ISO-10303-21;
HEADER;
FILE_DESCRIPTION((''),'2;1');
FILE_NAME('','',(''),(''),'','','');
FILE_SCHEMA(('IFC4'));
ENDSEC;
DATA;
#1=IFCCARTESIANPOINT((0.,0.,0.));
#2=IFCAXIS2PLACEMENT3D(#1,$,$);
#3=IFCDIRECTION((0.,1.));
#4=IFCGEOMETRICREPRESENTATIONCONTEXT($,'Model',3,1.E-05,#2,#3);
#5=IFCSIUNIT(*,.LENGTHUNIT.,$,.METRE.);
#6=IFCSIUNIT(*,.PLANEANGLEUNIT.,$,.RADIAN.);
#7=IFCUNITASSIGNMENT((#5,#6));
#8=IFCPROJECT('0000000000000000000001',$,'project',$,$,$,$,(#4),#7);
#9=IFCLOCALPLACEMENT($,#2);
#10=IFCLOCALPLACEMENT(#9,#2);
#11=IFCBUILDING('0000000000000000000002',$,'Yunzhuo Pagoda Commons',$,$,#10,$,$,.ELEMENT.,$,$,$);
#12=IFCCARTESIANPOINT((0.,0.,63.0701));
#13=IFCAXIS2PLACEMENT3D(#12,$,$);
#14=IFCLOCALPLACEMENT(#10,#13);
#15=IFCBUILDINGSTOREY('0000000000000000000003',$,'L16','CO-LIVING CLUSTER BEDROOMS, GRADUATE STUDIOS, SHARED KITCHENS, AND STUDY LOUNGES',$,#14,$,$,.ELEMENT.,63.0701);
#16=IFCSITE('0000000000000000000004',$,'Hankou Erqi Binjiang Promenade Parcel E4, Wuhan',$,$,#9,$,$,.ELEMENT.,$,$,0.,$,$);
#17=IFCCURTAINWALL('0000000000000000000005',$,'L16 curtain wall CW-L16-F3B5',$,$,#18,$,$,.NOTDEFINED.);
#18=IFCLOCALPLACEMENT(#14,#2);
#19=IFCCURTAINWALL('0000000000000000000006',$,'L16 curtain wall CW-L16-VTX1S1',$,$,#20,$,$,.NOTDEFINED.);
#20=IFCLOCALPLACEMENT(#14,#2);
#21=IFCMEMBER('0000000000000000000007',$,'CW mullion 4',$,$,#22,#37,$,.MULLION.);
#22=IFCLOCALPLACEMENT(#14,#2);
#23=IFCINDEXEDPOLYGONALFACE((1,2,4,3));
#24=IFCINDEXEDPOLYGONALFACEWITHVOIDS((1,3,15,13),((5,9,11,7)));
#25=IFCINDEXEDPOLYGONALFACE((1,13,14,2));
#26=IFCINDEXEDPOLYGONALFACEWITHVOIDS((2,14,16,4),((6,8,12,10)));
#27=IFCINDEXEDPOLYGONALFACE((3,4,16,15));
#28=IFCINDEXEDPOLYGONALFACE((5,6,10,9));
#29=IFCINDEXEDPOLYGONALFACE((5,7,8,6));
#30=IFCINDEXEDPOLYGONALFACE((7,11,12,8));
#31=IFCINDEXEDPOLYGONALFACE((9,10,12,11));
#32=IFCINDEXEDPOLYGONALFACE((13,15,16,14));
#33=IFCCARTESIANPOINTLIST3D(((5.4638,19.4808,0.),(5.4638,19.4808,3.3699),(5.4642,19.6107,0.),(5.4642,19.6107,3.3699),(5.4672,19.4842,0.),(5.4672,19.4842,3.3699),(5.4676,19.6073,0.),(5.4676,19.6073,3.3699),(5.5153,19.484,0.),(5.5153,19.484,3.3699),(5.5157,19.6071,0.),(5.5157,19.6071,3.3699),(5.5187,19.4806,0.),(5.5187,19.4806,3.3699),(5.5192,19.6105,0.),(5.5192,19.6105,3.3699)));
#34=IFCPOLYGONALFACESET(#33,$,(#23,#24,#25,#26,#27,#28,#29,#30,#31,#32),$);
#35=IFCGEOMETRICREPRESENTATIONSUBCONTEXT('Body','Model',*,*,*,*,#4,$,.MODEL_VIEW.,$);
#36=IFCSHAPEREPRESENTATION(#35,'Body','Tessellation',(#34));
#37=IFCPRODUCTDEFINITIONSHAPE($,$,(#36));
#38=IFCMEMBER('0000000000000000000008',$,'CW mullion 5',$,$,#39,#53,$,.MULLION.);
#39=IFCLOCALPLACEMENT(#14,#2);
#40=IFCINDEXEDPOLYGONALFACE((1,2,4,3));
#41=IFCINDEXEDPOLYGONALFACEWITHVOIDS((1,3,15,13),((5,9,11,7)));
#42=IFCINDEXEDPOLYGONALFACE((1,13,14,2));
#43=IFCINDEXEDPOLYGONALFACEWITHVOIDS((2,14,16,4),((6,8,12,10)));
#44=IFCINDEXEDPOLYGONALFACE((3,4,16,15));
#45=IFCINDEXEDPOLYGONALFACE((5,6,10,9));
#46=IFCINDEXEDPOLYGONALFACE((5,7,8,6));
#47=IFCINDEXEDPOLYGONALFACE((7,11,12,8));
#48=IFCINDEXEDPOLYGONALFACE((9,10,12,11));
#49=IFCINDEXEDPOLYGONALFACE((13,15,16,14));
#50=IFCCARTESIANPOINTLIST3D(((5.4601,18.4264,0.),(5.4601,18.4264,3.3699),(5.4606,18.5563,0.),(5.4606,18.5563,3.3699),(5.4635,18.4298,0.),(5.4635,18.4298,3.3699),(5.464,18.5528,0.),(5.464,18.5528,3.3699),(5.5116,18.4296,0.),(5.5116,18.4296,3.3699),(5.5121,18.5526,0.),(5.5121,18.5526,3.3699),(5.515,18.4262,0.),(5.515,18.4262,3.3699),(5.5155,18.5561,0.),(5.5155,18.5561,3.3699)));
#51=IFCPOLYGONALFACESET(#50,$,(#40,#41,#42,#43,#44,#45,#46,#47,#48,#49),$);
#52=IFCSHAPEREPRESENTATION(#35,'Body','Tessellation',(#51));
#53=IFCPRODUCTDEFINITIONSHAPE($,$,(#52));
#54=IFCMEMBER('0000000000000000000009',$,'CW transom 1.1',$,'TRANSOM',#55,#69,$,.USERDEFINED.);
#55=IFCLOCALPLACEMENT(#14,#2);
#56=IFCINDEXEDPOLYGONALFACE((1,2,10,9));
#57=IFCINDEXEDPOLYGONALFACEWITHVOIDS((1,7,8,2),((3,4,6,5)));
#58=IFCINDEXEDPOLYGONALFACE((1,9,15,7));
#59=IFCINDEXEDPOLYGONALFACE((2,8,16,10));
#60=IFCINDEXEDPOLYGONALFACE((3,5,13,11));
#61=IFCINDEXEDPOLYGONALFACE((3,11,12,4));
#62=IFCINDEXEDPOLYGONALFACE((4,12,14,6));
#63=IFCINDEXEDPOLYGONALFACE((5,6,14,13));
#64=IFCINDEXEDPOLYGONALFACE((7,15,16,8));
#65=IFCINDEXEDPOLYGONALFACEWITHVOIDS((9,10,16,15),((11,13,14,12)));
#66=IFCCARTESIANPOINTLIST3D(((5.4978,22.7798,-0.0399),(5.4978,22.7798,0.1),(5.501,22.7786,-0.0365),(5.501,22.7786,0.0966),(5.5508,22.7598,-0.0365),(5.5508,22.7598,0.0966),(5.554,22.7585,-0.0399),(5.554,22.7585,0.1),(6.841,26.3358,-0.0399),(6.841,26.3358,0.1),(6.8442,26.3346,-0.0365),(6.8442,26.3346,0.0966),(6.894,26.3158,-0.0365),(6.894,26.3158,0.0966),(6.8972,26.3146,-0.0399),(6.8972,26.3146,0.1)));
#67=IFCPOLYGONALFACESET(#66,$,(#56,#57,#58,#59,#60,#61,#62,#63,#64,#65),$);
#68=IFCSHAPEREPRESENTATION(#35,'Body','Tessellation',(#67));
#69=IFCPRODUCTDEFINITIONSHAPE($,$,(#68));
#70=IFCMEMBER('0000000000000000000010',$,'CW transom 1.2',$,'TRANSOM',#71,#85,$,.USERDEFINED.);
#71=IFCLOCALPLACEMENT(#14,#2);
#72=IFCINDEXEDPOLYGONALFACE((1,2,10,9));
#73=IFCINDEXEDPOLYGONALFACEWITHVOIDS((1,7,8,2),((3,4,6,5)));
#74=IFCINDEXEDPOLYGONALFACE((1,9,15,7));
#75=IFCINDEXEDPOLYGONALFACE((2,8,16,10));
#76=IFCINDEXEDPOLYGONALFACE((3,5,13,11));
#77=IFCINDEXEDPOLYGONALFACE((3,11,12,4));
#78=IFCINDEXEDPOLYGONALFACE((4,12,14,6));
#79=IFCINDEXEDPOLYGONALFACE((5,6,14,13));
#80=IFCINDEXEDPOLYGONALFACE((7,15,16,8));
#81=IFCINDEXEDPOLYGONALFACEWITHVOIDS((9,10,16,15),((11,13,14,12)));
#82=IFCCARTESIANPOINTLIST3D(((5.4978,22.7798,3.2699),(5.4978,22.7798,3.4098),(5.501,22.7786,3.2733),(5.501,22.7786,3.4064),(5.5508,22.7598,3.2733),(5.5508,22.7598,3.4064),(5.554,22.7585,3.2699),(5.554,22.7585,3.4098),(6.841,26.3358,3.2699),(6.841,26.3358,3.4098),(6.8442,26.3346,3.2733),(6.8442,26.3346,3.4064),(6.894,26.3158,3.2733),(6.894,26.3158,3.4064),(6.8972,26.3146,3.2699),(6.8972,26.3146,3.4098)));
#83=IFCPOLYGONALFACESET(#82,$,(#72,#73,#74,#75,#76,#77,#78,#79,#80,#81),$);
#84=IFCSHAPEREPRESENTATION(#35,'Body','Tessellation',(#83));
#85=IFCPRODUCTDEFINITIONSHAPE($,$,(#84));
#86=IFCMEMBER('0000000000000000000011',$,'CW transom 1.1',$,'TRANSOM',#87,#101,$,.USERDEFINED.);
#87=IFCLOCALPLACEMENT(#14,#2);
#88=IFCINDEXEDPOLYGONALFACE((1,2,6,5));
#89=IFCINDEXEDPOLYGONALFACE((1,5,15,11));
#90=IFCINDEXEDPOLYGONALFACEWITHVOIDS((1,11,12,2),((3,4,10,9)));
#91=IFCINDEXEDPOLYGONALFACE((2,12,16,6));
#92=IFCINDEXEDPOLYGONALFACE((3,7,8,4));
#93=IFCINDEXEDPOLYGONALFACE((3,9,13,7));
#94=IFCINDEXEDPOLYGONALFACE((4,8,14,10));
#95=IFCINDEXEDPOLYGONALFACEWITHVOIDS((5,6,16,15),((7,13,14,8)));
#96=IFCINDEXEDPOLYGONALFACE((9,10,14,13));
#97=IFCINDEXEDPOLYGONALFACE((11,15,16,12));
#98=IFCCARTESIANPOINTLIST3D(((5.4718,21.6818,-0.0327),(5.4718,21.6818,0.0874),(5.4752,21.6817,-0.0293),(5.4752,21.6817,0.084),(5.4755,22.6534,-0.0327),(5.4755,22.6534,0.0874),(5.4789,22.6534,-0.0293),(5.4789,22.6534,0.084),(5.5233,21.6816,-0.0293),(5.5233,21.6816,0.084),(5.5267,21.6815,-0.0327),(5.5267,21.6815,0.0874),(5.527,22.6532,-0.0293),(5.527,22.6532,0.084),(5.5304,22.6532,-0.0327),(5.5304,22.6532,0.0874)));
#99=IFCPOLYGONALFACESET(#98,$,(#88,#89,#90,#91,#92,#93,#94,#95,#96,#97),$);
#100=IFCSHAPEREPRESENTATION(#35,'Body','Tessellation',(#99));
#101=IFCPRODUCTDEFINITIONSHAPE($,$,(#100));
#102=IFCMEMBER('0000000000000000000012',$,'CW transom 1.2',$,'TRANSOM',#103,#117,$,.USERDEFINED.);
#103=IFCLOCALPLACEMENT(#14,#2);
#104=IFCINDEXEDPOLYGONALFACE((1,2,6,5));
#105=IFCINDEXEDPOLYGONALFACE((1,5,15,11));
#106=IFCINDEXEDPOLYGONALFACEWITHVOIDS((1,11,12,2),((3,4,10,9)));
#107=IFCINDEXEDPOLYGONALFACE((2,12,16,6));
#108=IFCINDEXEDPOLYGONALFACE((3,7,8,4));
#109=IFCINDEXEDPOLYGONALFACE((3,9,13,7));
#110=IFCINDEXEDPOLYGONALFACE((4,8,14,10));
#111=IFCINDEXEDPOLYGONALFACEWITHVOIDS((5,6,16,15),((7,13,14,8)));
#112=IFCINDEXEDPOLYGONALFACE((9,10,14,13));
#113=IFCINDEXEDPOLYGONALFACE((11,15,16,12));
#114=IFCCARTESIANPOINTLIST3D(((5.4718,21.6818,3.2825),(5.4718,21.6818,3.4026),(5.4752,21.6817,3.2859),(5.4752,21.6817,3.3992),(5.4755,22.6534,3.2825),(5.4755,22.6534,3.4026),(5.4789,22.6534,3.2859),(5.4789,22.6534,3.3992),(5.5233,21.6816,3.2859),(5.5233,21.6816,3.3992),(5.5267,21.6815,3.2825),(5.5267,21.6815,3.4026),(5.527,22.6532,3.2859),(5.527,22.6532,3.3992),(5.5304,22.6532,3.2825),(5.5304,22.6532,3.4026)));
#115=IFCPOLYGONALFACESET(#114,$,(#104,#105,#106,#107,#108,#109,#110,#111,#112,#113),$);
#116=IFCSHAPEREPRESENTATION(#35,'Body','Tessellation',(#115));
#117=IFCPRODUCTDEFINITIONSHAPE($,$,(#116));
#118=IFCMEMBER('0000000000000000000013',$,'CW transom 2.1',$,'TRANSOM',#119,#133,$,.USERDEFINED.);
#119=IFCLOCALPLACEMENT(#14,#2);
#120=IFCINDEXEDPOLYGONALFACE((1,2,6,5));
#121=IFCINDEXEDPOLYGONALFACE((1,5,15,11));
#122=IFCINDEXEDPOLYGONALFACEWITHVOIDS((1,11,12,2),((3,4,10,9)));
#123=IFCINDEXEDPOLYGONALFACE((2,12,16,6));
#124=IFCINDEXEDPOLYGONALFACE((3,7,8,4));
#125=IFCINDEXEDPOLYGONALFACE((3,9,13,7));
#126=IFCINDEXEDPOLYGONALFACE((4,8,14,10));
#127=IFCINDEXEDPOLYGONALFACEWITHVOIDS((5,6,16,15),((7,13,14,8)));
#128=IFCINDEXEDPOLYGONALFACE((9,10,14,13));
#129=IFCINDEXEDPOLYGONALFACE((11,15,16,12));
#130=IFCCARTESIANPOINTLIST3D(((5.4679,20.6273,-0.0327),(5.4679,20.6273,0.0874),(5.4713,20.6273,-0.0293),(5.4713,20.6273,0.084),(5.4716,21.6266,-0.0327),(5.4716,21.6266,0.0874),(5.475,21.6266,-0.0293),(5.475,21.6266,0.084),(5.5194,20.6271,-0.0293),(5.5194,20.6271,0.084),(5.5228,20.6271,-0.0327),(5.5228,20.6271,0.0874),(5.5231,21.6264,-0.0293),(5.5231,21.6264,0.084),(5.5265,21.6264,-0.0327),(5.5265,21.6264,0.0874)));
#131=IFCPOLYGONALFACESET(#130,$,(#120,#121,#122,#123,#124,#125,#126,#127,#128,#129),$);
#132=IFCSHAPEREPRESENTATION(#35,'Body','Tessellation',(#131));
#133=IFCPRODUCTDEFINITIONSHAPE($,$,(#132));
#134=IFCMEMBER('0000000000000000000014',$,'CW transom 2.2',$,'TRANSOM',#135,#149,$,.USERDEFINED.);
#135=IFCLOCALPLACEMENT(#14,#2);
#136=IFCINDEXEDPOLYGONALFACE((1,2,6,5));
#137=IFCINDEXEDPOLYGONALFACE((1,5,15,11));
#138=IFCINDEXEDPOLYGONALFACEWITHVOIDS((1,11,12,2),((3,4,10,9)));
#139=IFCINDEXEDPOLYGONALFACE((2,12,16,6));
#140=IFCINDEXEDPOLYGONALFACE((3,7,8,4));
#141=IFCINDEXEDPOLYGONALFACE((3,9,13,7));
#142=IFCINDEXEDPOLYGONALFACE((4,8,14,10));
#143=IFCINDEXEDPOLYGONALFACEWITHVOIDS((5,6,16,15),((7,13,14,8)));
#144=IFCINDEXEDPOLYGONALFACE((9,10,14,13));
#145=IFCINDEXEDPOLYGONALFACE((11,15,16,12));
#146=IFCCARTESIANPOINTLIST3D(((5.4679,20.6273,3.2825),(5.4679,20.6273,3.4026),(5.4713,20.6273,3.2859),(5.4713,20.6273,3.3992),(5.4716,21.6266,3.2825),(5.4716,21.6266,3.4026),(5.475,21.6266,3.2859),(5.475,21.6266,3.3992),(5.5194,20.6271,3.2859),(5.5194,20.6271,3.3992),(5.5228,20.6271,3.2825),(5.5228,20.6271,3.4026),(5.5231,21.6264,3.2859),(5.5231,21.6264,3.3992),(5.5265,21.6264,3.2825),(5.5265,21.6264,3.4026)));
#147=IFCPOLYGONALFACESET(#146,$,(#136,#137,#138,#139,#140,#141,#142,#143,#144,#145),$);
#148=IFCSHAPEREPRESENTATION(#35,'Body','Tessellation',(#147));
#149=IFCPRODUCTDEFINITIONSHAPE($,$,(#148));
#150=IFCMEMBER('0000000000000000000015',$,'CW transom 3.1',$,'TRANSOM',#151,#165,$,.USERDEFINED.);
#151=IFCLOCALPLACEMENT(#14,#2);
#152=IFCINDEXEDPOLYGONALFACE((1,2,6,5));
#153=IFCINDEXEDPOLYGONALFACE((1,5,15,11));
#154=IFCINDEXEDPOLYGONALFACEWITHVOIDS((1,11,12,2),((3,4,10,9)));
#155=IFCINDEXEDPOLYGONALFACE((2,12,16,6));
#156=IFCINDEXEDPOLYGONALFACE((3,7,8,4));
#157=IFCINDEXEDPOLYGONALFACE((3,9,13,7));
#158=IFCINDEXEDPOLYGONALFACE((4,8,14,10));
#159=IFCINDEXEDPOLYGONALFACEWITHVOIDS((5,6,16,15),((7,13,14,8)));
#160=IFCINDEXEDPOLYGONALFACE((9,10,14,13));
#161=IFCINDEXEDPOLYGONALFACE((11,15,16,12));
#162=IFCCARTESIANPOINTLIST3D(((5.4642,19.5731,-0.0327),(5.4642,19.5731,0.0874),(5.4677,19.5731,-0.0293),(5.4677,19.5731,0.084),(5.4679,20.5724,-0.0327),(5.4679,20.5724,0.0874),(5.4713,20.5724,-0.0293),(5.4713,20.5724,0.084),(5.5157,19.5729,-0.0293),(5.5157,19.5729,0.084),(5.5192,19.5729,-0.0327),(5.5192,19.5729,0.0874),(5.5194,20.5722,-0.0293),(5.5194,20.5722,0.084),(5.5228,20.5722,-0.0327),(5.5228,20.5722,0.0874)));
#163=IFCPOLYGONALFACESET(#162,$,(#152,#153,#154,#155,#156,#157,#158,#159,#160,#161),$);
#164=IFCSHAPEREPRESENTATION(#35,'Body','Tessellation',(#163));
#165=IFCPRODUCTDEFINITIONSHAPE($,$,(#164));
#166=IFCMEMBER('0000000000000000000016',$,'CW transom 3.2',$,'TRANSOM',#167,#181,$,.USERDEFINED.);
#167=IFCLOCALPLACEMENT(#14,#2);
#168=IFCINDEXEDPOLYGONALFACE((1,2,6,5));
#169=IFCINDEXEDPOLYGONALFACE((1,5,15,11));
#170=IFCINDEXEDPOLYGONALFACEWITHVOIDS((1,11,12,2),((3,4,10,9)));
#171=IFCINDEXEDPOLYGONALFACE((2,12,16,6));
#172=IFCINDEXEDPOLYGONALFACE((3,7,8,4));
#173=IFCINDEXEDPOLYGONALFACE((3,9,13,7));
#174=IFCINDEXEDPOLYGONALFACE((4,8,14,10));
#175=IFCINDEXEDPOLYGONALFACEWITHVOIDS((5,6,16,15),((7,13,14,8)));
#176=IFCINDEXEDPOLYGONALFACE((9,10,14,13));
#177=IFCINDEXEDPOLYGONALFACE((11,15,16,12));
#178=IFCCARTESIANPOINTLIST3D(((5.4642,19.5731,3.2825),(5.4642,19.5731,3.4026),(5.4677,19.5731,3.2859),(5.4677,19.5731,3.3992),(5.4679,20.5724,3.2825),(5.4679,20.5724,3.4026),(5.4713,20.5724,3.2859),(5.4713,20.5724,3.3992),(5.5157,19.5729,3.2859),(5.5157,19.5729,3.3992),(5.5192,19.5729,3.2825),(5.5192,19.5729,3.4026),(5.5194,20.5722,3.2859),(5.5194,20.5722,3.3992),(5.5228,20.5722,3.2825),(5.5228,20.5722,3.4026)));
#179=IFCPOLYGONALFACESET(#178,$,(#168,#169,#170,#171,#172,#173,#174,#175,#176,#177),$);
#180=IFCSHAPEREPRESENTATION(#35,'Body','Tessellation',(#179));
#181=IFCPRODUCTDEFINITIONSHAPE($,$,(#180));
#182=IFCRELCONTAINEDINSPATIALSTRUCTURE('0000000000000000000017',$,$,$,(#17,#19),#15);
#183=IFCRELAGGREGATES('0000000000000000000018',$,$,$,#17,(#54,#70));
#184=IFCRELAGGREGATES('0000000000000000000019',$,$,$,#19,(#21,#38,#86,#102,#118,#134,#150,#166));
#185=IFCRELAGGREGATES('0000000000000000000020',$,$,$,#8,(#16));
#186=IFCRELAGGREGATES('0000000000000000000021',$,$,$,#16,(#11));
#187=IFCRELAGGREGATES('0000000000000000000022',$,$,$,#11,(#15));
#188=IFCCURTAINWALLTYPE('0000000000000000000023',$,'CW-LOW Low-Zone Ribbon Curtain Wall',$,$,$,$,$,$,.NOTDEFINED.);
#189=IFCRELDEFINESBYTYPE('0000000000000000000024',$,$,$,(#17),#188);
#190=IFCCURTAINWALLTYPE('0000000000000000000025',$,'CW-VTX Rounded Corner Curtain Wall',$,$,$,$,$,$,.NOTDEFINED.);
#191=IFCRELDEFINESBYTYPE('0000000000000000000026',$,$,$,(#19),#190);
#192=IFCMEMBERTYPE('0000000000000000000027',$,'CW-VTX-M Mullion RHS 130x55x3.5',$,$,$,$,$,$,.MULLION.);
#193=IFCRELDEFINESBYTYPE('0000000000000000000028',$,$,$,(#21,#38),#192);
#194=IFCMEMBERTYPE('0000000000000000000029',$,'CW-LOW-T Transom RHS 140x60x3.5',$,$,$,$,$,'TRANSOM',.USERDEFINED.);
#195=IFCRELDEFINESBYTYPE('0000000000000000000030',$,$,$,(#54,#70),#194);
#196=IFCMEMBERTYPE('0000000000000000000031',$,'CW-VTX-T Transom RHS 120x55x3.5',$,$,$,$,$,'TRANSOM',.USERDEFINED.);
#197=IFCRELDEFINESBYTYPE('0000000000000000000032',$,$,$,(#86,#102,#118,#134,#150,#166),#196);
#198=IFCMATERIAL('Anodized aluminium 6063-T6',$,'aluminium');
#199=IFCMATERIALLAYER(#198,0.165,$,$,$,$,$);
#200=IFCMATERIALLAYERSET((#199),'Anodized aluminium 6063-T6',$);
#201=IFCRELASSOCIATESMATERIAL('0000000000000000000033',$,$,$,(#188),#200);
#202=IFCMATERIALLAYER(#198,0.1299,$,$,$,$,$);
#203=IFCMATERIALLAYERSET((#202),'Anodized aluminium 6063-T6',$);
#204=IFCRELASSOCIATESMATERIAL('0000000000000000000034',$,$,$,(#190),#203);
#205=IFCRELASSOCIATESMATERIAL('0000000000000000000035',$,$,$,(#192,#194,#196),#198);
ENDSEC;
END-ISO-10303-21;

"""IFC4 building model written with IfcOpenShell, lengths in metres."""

from ifc_helpers import new_model, si_unit, direction, frame, origin, origin_2d, place, context, subcontext, project, spatial, hollow_rectangle, extrude, source, transform, mapped, material, layer, layer_set, material_profile, profile_set, type_object, element, aggregate, save


model = new_model("IFC4")

# Units and contexts
model_context = context("Model", 3, precision=1e-05, world=origin(), true_north=direction((0.0, 1.0)))
body_context = subcontext(model_context, "Body", "Model", "MODEL_VIEW")
ifc_project = project(units=[si_unit("LENGTHUNIT", "METRE"), si_unit("PLANEANGLEUNIT", "RADIAN")], contexts=[model_context])

# Site, building, storey
site_placement = place(None, origin())
site = spatial("IfcSite", under=ifc_project, at=site_placement, Name="Hankou Erqi Binjiang Promenade Parcel E4, Wuhan", CompositionType="ELEMENT", RefElevation=0.0)
building_placement = place(site_placement, origin())
building = spatial("IfcBuilding", under=site, at=building_placement, Name="Yunzhuo Pagoda Commons", CompositionType="ELEMENT")
storey_placement = place(building_placement, frame((0.0, 0.0, 63.0701)))
storey = spatial("IfcBuildingStorey", under=building, at=storey_placement, Name="L16", Description="CO-LIVING CLUSTER BEDROOMS, GRADUATE STUDIOS, SHARED KITCHENS, AND STUDY LOUNGES", CompositionType="ELEMENT", Elevation=63.0701)

# Shared definitions
ifc_material_1 = material(Name="Anodized aluminium 6063-T6", Category="aluminium")
ifc_layer_1 = layer(ifc_material_1, 0.165)
ifc_layer_set_1 = layer_set([ifc_layer_1], Name="Anodized aluminium 6063-T6")
curtain_wall_type_1 = type_object("IfcCurtainWallType", Name="CW-LOW Low-Zone Ribbon Curtain Wall", PredefinedType="NOTDEFINED", material=ifc_layer_set_1)

# Curtain walls, members
curtain_wall_1_placement = place(storey_placement, origin())
curtain_wall_1 = element("IfcCurtainWall", 1, at=curtain_wall_1_placement, inside=storey, type_object=curtain_wall_type_1, Name="L16 curtain wall CW-L16-F3B5", PredefinedType="NOTDEFINED")
ifc_layer_2 = layer(ifc_material_1, 0.1299)
ifc_layer_set_2 = layer_set([ifc_layer_2], Name="Anodized aluminium 6063-T6")
curtain_wall_type_2 = type_object("IfcCurtainWallType", Name="CW-VTX Rounded Corner Curtain Wall", PredefinedType="NOTDEFINED", material=ifc_layer_set_2)
curtain_wall_2_placement = place(storey_placement, origin())
curtain_wall_2 = element("IfcCurtainWall", 2, at=curtain_wall_2_placement, inside=storey, type_object=curtain_wall_type_2, Name="L16 curtain wall CW-L16-VTX1S1", PredefinedType="NOTDEFINED")
ifc_material_profile_1 = material_profile(ifc_material_1, hollow_rectangle(XDim=0.0549, YDim=0.1299, WallThickness=0.0034, at=origin_2d()), Name="Anodized aluminium 6063-T6")
ifc_profile_set_1 = profile_set([ifc_material_profile_1], Name="Anodized aluminium 6063-T6")
member_type_1 = type_object("IfcMemberType", Name="CW-VTX-M Mullion RHS 130x55x3.5", PredefinedType="MULLION", material=ifc_profile_set_1)
shared_shape_1 = source(origin(), body_context, "Body", "SweptSolid", [
    extrude(hollow_rectangle(XDim=0.0549, YDim=0.1299, WallThickness=0.0034, at=origin_2d()), origin(), (0.0, 0.0, 1.0), 3.3699),
])
member_1_placement = place(storey_placement, frame((5.4915, 19.5457, 0.0), z_axis=(0.0, 0.0, 1.0), x_axis=(0.999994, -0.003586, 0.0)))
member_1 = element("IfcMember", 3, at=member_1_placement, type_object=member_type_1, Name="CW mullion 4", PredefinedType="MULLION", context=body_context, shape_type="MappedRepresentation", body=[
    mapped(shared_shape_1, transform((0.0, 0.0, 0.0), scale=1.0)),
])
member_2_placement = place(storey_placement, frame((5.4878, 18.4912, 0.0), z_axis=(0.0, 0.0, 1.0), x_axis=(0.999994, -0.003586, 0.0)))
member_2 = element("IfcMember", 4, at=member_2_placement, type_object=member_type_1, Name="CW mullion 5", PredefinedType="MULLION", context=body_context, shape_type="MappedRepresentation", body=[
    mapped(shared_shape_1, transform((0.0, 0.0, 0.0), scale=1.0)),
])

# Members
ifc_material_profile_2 = material_profile(ifc_material_1, hollow_rectangle(XDim=0.0601, YDim=0.1399, WallThickness=0.0034, at=origin_2d()), Name="Anodized aluminium 6063-T6")
ifc_profile_set_2 = profile_set([ifc_material_profile_2], Name="Anodized aluminium 6063-T6")
member_type_2 = type_object("IfcMemberType", Name="CW-LOW-T Transom RHS 140x60x3.5", ElementType="TRANSOM", PredefinedType="USERDEFINED", material=ifc_profile_set_2)
shared_shape_2 = source(origin(), body_context, "Body", "SweptSolid", [
    extrude(hollow_rectangle(XDim=0.0601, YDim=0.1399, WallThickness=0.0034, at=origin_2d()), origin(), (0.0, 0.0, 1.0), 3.8013),
])
member_3_placement = place(storey_placement, frame((6.8691, 26.3252, 0.03), z_axis=(-0.353361, -0.935487, 0.0), x_axis=(0.935487, -0.353361, 0.0)))
member_3 = element("IfcMember", 5, at=member_3_placement, type_object=member_type_2, Name="CW transom 1.1", ObjectType="TRANSOM", PredefinedType="USERDEFINED", context=body_context, shape_type="MappedRepresentation", body=[
    mapped(shared_shape_2, transform((0.0, 0.0, 0.0), scale=1.0)),
])
member_4_placement = place(storey_placement, frame((6.8691, 26.3252, 3.3398), z_axis=(-0.353361, -0.935487, 0.0), x_axis=(0.935487, -0.353361, 0.0)))
member_4 = element("IfcMember", 6, at=member_4_placement, type_object=member_type_2, Name="CW transom 1.2", ObjectType="TRANSOM", PredefinedType="USERDEFINED", context=body_context, shape_type="MappedRepresentation", body=[
    mapped(shared_shape_2, transform((0.0, 0.0, 0.0), scale=1.0)),
])
ifc_material_profile_3 = material_profile(ifc_material_1, hollow_rectangle(XDim=0.0549, YDim=0.1201, WallThickness=0.0034, at=origin_2d()), Name="Anodized aluminium 6063-T6")
ifc_profile_set_3 = profile_set([ifc_material_profile_3], Name="Anodized aluminium 6063-T6")
member_type_3 = type_object("IfcMemberType", Name="CW-VTX-T Transom RHS 120x55x3.5", ElementType="TRANSOM", PredefinedType="USERDEFINED", material=ifc_profile_set_3)
shared_shape_3 = source(origin(), body_context, "Body", "SweptSolid", [
    extrude(hollow_rectangle(XDim=0.0549, YDim=0.1201, WallThickness=0.0034, at=origin_2d()), origin(), (0.0, 0.0, 1.0), 0.9717),
])
member_5_placement = place(storey_placement, frame((5.5029, 22.6533, 0.0273), z_axis=(-0.003769, -0.999993, 0.0), x_axis=(0.999993, -0.003769, 0.0)))
member_5 = element("IfcMember", 7, at=member_5_placement, type_object=member_type_3, Name="CW transom 1.1", ObjectType="TRANSOM", PredefinedType="USERDEFINED", context=body_context, shape_type="MappedRepresentation", body=[
    mapped(shared_shape_3, transform((0.0, 0.0, 0.0), scale=1.0)),
])
member_6_placement = place(storey_placement, frame((5.5029, 22.6533, 3.3425), z_axis=(-0.003769, -0.999993, 0.0), x_axis=(0.999993, -0.003769, 0.0)))
member_6 = element("IfcMember", 8, at=member_6_placement, type_object=member_type_3, Name="CW transom 1.2", ObjectType="TRANSOM", PredefinedType="USERDEFINED", context=body_context, shape_type="MappedRepresentation", body=[
    mapped(shared_shape_3, transform((0.0, 0.0, 0.0), scale=1.0)),
])
shared_shape_4 = source(origin(), body_context, "Body", "SweptSolid", [
    extrude(hollow_rectangle(XDim=0.0549, YDim=0.1201, WallThickness=0.0034, at=origin_2d()), origin(), (0.0, 0.0, 1.0), 0.9993),
])
member_7_placement = place(storey_placement, frame((5.499, 21.6265, 0.0273), z_axis=(-0.003665, -0.999993, 0.0), x_axis=(0.999993, -0.003665, 0.0)))
member_7 = element("IfcMember", 9, at=member_7_placement, type_object=member_type_3, Name="CW transom 2.1", ObjectType="TRANSOM", PredefinedType="USERDEFINED", context=body_context, shape_type="MappedRepresentation", body=[
    mapped(shared_shape_4, transform((0.0, 0.0, 0.0), scale=1.0)),
])
member_8_placement = place(storey_placement, frame((5.499, 21.6265, 3.3425), z_axis=(-0.003665, -0.999993, 0.0), x_axis=(0.999993, -0.003665, 0.0)))
member_8 = element("IfcMember", 10, at=member_8_placement, type_object=member_type_3, Name="CW transom 2.2", ObjectType="TRANSOM", PredefinedType="USERDEFINED", context=body_context, shape_type="MappedRepresentation", body=[
    mapped(shared_shape_4, transform((0.0, 0.0, 0.0), scale=1.0)),
])
member_9_placement = place(storey_placement, frame((5.4954, 20.5723, 0.0273), z_axis=(-0.003665, -0.999993, 0.0), x_axis=(0.999993, -0.003665, 0.0)))
member_9 = element("IfcMember", 11, at=member_9_placement, type_object=member_type_3, Name="CW transom 3.1", ObjectType="TRANSOM", PredefinedType="USERDEFINED", context=body_context, shape_type="MappedRepresentation", body=[
    mapped(shared_shape_4, transform((0.0, 0.0, 0.0), scale=1.0)),
])
member_10_placement = place(storey_placement, frame((5.4954, 20.5723, 3.3425), z_axis=(-0.003665, -0.999993, 0.0), x_axis=(0.999993, -0.003665, 0.0)))
member_10 = element("IfcMember", 12, at=member_10_placement, type_object=member_type_3, Name="CW transom 3.2", ObjectType="TRANSOM", PredefinedType="USERDEFINED", context=body_context, shape_type="MappedRepresentation", body=[
    mapped(shared_shape_4, transform((0.0, 0.0, 0.0), scale=1.0)),
])

aggregate(curtain_wall_1, [member_3, member_4])
aggregate(curtain_wall_2, [member_1, member_2, member_5, member_6, member_7, member_8, member_9, member_10])

save(model, "model.ifc")
